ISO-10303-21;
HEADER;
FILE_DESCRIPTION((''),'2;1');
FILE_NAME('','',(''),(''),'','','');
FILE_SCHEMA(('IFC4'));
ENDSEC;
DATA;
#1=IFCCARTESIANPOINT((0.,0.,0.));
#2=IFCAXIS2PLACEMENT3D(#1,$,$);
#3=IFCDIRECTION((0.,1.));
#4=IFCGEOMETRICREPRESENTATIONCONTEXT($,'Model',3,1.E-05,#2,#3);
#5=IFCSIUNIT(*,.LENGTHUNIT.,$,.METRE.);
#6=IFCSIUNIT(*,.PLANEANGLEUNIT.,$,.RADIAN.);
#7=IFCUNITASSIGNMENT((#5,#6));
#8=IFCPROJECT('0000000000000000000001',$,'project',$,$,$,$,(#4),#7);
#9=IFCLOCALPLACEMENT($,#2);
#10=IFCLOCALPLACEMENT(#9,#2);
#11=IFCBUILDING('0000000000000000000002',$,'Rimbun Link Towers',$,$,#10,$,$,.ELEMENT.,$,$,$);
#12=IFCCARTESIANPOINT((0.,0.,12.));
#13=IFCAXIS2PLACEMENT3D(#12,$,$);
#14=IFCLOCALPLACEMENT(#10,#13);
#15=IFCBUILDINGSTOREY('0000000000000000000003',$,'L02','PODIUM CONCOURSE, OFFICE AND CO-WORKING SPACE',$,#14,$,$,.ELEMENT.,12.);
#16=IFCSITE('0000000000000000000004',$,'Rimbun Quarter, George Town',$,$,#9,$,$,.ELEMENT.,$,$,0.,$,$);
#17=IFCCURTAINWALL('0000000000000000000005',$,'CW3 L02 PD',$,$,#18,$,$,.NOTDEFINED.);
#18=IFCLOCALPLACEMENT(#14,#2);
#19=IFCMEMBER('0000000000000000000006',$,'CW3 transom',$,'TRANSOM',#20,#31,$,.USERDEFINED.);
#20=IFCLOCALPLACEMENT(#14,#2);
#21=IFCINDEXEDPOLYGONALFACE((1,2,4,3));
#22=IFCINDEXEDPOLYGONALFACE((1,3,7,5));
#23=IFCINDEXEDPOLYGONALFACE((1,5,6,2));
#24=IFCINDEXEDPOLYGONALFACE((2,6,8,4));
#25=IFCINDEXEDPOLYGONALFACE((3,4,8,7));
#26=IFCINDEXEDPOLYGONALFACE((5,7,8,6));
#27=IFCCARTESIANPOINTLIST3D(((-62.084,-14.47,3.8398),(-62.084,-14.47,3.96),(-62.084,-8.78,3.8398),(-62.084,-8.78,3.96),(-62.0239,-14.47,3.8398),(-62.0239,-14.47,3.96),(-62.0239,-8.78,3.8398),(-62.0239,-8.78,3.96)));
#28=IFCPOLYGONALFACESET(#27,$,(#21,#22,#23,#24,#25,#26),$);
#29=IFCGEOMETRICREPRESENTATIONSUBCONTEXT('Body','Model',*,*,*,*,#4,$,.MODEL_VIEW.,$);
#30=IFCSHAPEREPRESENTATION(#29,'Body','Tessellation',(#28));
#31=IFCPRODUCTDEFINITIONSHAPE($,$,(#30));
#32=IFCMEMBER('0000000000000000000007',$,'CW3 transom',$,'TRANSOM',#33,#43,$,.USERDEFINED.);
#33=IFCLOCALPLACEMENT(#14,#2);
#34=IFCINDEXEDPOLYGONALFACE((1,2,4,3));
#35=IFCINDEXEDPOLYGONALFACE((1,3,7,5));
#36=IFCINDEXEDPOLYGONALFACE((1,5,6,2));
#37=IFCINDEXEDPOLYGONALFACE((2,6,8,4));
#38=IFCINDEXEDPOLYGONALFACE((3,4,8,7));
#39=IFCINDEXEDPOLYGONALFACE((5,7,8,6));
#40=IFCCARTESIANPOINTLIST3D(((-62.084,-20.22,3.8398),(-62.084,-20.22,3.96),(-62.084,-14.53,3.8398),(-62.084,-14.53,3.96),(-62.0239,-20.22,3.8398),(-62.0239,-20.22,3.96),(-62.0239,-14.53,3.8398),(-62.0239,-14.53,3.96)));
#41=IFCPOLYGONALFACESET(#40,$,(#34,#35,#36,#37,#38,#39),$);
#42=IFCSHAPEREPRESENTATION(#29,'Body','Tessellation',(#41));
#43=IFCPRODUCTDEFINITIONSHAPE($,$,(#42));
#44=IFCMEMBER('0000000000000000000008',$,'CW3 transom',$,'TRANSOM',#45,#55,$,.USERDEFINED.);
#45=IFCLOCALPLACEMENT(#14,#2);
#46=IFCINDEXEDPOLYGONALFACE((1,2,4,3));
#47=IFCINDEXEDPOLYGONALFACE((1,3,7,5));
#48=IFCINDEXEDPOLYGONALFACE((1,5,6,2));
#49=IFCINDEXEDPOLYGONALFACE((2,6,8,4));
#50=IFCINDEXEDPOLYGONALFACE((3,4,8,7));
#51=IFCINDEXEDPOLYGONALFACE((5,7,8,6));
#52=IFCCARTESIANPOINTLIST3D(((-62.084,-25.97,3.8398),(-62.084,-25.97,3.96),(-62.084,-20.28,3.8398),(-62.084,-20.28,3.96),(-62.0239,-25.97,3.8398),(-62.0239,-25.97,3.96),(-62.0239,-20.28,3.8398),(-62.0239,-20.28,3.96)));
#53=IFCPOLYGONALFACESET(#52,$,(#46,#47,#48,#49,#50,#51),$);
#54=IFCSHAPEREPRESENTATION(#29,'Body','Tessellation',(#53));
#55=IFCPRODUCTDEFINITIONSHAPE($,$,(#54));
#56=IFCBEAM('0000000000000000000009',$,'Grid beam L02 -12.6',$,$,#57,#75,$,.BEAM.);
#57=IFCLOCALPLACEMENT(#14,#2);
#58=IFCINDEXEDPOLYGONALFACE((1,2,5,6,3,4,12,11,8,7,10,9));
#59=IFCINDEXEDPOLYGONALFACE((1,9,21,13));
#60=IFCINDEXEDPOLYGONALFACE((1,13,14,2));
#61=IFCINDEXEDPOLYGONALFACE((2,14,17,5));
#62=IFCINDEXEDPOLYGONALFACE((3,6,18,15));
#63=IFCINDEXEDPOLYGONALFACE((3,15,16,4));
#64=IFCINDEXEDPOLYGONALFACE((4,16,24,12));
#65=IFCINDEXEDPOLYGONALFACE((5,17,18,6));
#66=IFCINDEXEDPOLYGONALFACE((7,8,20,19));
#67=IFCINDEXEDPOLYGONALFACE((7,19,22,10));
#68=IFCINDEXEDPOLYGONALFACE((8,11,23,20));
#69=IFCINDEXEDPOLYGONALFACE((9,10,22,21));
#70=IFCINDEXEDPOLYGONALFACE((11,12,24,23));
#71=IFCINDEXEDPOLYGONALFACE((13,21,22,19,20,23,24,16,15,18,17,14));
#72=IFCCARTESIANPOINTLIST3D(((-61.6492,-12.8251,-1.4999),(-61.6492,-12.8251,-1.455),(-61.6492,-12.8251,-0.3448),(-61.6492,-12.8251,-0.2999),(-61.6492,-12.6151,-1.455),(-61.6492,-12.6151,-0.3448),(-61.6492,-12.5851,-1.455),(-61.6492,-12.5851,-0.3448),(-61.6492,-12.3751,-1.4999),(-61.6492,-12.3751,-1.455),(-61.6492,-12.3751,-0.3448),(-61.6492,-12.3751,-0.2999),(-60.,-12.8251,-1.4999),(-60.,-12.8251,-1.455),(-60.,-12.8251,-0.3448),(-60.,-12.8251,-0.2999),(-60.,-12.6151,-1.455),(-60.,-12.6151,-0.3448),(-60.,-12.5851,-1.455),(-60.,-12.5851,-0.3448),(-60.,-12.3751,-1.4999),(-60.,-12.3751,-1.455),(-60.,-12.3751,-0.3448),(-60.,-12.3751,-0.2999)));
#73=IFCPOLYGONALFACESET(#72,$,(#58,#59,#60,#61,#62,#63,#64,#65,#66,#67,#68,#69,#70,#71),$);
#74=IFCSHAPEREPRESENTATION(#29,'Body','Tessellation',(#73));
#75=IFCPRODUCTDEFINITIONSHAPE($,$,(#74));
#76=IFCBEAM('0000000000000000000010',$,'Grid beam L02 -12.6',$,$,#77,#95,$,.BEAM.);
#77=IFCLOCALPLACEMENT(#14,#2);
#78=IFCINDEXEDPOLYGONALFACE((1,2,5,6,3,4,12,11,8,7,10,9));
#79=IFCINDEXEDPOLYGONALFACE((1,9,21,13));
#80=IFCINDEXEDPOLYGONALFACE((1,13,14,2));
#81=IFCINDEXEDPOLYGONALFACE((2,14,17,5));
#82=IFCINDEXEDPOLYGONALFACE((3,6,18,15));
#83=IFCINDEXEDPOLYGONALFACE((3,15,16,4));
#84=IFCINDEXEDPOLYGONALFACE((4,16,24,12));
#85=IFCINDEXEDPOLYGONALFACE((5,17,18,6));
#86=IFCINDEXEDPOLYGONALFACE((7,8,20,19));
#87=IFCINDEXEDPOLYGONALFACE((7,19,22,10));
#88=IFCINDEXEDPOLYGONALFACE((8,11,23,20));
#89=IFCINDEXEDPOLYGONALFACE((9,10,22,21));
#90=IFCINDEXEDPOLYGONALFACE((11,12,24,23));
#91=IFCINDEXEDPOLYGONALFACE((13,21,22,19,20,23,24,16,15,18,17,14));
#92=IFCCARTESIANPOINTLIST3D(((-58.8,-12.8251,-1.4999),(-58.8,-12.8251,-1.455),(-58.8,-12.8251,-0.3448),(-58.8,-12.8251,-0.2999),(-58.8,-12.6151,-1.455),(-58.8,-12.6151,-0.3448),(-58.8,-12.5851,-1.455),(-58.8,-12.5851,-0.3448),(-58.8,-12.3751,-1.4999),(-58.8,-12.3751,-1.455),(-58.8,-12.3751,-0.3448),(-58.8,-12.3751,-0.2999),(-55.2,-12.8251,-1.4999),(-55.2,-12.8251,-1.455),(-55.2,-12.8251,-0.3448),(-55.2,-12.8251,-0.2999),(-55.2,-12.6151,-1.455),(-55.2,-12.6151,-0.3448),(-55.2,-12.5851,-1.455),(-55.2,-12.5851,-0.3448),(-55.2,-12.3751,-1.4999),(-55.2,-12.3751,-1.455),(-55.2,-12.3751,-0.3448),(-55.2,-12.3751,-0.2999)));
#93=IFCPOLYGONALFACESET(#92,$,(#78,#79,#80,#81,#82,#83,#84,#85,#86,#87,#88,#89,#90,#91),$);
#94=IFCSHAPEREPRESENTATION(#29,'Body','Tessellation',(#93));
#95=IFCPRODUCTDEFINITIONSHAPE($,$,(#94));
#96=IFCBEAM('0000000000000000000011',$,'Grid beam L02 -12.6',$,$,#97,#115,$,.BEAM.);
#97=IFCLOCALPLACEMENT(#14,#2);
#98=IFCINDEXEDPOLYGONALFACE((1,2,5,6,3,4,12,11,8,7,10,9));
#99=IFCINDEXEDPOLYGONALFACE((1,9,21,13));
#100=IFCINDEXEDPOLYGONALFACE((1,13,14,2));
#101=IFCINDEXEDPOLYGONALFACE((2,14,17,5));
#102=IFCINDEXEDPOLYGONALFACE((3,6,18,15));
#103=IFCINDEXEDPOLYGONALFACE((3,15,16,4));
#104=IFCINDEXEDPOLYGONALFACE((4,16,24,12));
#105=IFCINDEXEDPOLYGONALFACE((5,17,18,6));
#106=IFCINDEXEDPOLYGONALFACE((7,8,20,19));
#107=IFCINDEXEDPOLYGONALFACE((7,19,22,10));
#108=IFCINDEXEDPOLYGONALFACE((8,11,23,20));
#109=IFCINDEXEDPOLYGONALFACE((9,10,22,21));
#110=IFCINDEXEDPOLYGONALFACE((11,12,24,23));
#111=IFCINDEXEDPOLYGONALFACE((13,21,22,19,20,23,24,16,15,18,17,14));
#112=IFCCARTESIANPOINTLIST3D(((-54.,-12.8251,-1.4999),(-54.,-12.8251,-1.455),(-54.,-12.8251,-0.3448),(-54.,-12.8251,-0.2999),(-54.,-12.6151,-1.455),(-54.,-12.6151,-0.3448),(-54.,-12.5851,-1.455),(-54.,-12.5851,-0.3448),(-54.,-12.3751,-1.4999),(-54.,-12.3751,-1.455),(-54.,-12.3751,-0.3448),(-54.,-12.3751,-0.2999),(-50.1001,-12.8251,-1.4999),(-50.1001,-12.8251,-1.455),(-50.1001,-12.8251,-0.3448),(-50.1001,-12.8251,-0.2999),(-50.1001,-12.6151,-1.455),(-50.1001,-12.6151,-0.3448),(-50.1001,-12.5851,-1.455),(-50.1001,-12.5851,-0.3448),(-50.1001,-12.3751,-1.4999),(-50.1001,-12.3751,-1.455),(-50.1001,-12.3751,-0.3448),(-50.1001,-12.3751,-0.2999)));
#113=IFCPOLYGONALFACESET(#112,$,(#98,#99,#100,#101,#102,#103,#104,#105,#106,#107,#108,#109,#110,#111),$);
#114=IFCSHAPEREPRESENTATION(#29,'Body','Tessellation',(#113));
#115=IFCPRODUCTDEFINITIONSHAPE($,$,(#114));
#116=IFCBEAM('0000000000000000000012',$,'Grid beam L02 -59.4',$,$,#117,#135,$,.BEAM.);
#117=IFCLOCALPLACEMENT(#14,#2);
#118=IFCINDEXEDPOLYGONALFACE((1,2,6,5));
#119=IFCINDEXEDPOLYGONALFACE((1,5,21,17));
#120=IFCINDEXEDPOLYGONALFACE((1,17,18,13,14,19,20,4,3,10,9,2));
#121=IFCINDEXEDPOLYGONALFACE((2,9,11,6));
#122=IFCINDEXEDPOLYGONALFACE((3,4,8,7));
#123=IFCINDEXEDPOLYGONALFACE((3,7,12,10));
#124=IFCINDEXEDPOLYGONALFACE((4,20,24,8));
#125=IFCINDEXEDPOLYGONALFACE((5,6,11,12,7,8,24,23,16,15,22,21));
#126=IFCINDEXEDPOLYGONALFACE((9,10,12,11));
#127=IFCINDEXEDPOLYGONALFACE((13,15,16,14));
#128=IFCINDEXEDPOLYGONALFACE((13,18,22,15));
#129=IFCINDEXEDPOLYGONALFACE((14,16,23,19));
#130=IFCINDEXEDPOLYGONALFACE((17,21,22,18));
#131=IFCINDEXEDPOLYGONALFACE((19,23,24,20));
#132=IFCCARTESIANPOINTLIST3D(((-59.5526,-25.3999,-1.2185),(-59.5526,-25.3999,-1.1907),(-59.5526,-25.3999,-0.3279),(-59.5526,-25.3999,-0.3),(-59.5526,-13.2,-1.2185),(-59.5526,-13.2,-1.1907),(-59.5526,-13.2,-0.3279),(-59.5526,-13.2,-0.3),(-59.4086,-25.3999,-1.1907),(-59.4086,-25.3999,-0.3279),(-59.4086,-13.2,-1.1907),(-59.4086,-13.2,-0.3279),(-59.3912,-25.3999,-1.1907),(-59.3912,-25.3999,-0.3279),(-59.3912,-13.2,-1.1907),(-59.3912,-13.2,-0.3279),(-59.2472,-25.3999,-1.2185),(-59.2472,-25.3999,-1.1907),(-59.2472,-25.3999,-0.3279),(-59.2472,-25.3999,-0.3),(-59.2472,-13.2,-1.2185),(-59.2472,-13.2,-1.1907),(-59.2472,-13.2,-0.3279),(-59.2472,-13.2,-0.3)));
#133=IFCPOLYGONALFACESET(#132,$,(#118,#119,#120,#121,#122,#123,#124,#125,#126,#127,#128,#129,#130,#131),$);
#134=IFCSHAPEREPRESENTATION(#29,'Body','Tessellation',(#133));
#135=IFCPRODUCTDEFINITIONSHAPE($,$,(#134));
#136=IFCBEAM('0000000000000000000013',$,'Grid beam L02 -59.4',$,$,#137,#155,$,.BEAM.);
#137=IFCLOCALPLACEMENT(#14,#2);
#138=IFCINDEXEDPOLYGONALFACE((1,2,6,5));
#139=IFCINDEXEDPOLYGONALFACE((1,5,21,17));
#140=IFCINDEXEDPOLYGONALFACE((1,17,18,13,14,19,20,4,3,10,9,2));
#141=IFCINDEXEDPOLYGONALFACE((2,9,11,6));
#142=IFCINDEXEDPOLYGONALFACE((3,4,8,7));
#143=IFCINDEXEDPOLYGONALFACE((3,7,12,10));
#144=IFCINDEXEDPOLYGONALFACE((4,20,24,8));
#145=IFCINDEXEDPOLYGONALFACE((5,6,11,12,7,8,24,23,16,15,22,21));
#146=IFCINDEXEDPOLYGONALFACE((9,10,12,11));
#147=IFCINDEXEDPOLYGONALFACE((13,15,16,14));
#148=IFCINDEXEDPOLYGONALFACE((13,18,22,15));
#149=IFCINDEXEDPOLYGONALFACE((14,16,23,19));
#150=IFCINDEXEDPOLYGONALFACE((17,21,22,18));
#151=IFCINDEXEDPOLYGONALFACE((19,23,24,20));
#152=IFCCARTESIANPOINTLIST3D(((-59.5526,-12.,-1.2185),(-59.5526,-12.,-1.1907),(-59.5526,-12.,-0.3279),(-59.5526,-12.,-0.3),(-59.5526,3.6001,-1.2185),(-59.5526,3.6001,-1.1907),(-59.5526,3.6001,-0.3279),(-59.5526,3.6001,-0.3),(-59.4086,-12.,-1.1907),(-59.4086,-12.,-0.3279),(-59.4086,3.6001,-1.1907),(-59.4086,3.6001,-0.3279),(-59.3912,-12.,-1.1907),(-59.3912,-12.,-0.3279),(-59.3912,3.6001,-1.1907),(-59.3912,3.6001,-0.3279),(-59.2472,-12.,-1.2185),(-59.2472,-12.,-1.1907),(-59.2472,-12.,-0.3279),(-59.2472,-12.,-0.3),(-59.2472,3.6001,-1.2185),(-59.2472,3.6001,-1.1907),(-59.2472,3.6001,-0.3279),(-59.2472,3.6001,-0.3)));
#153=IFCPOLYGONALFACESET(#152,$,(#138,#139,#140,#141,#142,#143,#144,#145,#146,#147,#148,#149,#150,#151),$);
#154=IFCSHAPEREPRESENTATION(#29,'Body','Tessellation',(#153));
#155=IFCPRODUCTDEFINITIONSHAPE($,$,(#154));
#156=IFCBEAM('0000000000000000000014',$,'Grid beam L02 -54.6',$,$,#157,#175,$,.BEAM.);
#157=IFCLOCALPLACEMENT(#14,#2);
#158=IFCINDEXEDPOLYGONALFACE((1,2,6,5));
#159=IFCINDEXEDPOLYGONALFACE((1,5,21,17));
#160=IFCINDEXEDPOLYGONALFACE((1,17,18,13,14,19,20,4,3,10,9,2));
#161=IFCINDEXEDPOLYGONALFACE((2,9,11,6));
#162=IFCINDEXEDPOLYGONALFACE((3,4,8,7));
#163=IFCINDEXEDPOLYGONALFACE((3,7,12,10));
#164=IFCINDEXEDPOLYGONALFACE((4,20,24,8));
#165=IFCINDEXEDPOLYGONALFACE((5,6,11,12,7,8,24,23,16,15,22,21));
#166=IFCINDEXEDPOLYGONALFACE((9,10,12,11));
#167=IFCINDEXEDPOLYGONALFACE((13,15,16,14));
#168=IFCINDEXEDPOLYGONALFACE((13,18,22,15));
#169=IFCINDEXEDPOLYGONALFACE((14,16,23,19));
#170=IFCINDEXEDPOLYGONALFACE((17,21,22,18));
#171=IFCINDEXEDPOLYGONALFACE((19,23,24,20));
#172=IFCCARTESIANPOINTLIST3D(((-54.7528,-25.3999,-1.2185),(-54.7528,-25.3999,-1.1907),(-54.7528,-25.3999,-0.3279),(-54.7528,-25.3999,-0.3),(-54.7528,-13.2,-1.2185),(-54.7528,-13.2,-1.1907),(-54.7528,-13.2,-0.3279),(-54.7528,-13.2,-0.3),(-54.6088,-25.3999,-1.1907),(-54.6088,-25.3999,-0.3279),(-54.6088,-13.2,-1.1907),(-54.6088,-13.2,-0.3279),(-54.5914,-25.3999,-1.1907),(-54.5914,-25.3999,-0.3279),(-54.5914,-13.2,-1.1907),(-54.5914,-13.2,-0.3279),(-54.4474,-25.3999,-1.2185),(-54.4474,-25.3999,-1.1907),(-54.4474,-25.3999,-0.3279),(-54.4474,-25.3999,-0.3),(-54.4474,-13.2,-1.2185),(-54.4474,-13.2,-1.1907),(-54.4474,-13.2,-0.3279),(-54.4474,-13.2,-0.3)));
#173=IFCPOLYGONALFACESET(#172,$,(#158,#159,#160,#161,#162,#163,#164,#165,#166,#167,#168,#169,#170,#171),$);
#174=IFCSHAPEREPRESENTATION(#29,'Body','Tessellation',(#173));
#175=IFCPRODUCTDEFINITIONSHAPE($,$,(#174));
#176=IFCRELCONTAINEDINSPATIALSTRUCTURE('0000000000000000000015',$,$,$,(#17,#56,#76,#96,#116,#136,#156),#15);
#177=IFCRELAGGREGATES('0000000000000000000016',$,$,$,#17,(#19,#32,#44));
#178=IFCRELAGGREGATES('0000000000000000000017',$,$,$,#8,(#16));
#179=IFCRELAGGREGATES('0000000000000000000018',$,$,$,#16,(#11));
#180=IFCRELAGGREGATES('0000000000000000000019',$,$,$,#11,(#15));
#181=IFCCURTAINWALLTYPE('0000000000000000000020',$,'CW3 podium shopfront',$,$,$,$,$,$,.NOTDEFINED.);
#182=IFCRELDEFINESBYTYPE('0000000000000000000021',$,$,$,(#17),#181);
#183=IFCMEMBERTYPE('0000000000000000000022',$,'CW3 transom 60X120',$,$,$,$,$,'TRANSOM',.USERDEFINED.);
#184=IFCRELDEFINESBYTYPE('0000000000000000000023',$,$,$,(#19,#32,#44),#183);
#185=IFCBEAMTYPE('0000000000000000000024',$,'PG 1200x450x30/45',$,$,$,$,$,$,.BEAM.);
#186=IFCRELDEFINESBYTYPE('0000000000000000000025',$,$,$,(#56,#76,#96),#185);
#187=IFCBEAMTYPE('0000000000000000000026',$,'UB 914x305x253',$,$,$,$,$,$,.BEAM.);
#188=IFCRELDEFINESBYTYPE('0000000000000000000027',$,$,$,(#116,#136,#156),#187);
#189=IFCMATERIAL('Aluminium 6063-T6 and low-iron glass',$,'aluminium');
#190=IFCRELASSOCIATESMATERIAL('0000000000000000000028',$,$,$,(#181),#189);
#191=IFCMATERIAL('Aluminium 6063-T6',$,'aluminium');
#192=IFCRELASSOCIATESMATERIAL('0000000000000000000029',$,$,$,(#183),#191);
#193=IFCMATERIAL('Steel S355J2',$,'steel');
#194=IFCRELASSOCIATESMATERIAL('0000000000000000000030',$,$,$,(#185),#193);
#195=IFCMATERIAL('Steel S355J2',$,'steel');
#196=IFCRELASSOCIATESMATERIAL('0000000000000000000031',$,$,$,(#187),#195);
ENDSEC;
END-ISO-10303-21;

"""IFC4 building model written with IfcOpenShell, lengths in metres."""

from ifc_helpers import new_model, si_unit, direction, frame, origin, origin_2d, place, context, subcontext, project, spatial, rectangle, i_section, extrude, material, material_profile, profile_set, type_object, element, aggregate, save


model = new_model("IFC4")

# Units and contexts
model_context = context("Model", 3, precision=1e-05, world=origin(), true_north=direction((0.0, 1.0)))
body_context = subcontext(model_context, "Body", "Model", "MODEL_VIEW")
ifc_project = project(units=[si_unit("LENGTHUNIT", "METRE"), si_unit("PLANEANGLEUNIT", "RADIAN")], contexts=[model_context])

# Site, building, storey
site_placement = place(None, origin())
site = spatial("IfcSite", under=ifc_project, at=site_placement, Name="Rimbun Quarter, George Town", CompositionType="ELEMENT", RefElevation=0.0)
building_placement = place(site_placement, origin())
building = spatial("IfcBuilding", under=site, at=building_placement, Name="Rimbun Link Towers", CompositionType="ELEMENT")
storey_placement = place(building_placement, frame((0.0, 0.0, 12.0)))
storey = spatial("IfcBuildingStorey", under=building, at=storey_placement, Name="L02", Description="PODIUM CONCOURSE, OFFICE AND CO-WORKING SPACE", CompositionType="ELEMENT", Elevation=12.0)

# Curtain wall, members
ifc_material_1 = material(Name="Aluminium 6063-T6 and low-iron glass", Category="aluminium")
curtain_wall_type = type_object("IfcCurtainWallType", Name="CW3 podium shopfront", PredefinedType="NOTDEFINED", material=ifc_material_1)
curtain_wall_placement = place(storey_placement, origin())
curtain_wall = element("IfcCurtainWall", 1, at=curtain_wall_placement, inside=storey, type_object=curtain_wall_type, Name="CW3 L02 PD", PredefinedType="NOTDEFINED")
ifc_material_2 = material(Name="Aluminium 6063-T6", Category="aluminium")
ifc_material_profile_1 = material_profile(ifc_material_2, rectangle(XDim=0.0601, YDim=0.1201, at=origin_2d()), Name="TRANSOM 60X120")
ifc_profile_set_1 = profile_set([ifc_material_profile_1], Name="Aluminium 6063-T6")
member_type_1 = type_object("IfcMemberType", Name="CW3 transom 60X120", ElementType="TRANSOM", PredefinedType="USERDEFINED", material=ifc_profile_set_1)
member_1_placement = place(storey_placement, frame((-62.054, -14.47, 3.8999), z_axis=(0.0, 1.0, 0.0), x_axis=(-1.0, 0.0, 0.0)))
member_1 = element("IfcMember", 2, at=member_1_placement, type_object=member_type_1, Name="CW3 transom", ObjectType="TRANSOM", PredefinedType="USERDEFINED", context=body_context, shape_type="SweptSolid", body=[
    extrude(rectangle(XDim=0.0601, YDim=0.1201, at=origin_2d()), origin(), (0.0, 0.0, 1.0), 5.6899),
])
member_2_placement = place(storey_placement, frame((-62.054, -20.22, 3.8999), z_axis=(0.0, 1.0, 0.0), x_axis=(-1.0, 0.0, 0.0)))
member_2 = element("IfcMember", 3, at=member_2_placement, type_object=member_type_1, Name="CW3 transom", ObjectType="TRANSOM", PredefinedType="USERDEFINED", context=body_context, shape_type="SweptSolid", body=[
    extrude(rectangle(XDim=0.0601, YDim=0.1201, at=origin_2d()), origin(), (0.0, 0.0, 1.0), 5.6899),
])
member_3_placement = place(storey_placement, frame((-62.054, -25.97, 3.8999), z_axis=(0.0, 1.0, 0.0), x_axis=(-1.0, 0.0, 0.0)))
member_3 = element("IfcMember", 4, at=member_3_placement, type_object=member_type_1, Name="CW3 transom", ObjectType="TRANSOM", PredefinedType="USERDEFINED", context=body_context, shape_type="SweptSolid", body=[
    extrude(rectangle(XDim=0.0601, YDim=0.1201, at=origin_2d()), origin(), (0.0, 0.0, 1.0), 5.6899),
])

# Beams
ifc_material_3 = material(Name="Steel S355J2", Category="steel")
ifc_material_profile_2 = material_profile(ifc_material_3, i_section(OverallWidth=0.45, OverallDepth=1.2, WebThickness=0.03, FlangeThickness=0.0449, at=origin_2d()), Name="PG 1200x450x30/45")
ifc_profile_set_2 = profile_set([ifc_material_profile_2], Name="Steel S355J2")
beam_type_1 = type_object("IfcBeamType", Name="PG 1200x450x30/45", PredefinedType="BEAM", material=ifc_profile_set_2)
beam_1_placement = place(storey_placement, frame((-61.6492, -12.6001, -0.8999), z_axis=(1.0, 0.0, 0.0), x_axis=(0.0, 1.0, 0.0)))
element("IfcBeam", 5, at=beam_1_placement, inside=storey, type_object=beam_type_1, Name="Grid beam L02 -12.6", PredefinedType="BEAM", context=body_context, shape_type="SweptSolid", body=[
    extrude(i_section(OverallWidth=0.45, OverallDepth=1.2, WebThickness=0.03, FlangeThickness=0.0449, at=origin_2d()), origin(), (0.0, 0.0, 1.0), 1.6492),
])
beam_2_placement = place(storey_placement, frame((-58.8, -12.6001, -0.8999), z_axis=(1.0, 0.0, 0.0), x_axis=(0.0, 1.0, 0.0)))
element("IfcBeam", 6, at=beam_2_placement, inside=storey, type_object=beam_type_1, Name="Grid beam L02 -12.6", PredefinedType="BEAM", context=body_context, shape_type="SweptSolid", body=[
    extrude(i_section(OverallWidth=0.45, OverallDepth=1.2, WebThickness=0.03, FlangeThickness=0.0449, at=origin_2d()), origin(), (0.0, 0.0, 1.0), 3.6001),
])
beam_3_placement = place(storey_placement, frame((-54.0, -12.6001, -0.8999), z_axis=(1.0, 0.0, 0.0), x_axis=(0.0, 1.0, 0.0)))
element("IfcBeam", 7, at=beam_3_placement, inside=storey, type_object=beam_type_1, Name="Grid beam L02 -12.6", PredefinedType="BEAM", context=body_context, shape_type="SweptSolid", body=[
    extrude(i_section(OverallWidth=0.45, OverallDepth=1.2, WebThickness=0.03, FlangeThickness=0.0449, at=origin_2d()), origin(), (0.0, 0.0, 1.0), 3.8999),
])
ifc_material_4 = material(Name="Steel S355J2", Category="steel")
ifc_material_profile_3 = material_profile(ifc_material_4, i_section(OverallWidth=0.3054, OverallDepth=0.9185, WebThickness=0.0173, FlangeThickness=0.0278, at=origin_2d()), Name="UB 914x305x253")
ifc_profile_set_3 = profile_set([ifc_material_profile_3], Name="Steel S355J2")
beam_type_2 = type_object("IfcBeamType", Name="UB 914x305x253", PredefinedType="BEAM", material=ifc_profile_set_3)
beam_4_placement = place(storey_placement, frame((-59.3999, -25.3999, -0.7593), z_axis=(0.0, 1.0, 0.0), x_axis=(-1.0, 0.0, 0.0)))
element("IfcBeam", 8, at=beam_4_placement, inside=storey, type_object=beam_type_2, Name="Grid beam L02 -59.4", PredefinedType="BEAM", context=body_context, shape_type="SweptSolid", body=[
    extrude(i_section(OverallWidth=0.3054, OverallDepth=0.9185, WebThickness=0.0173, FlangeThickness=0.0278, at=origin_2d()), origin(), (0.0, 0.0, 1.0), 12.2),
])
beam_5_placement = place(storey_placement, frame((-59.3999, -12.0, -0.7593), z_axis=(0.0, 1.0, 0.0), x_axis=(-1.0, 0.0, 0.0)))
element("IfcBeam", 9, at=beam_5_placement, inside=storey, type_object=beam_type_2, Name="Grid beam L02 -59.4", PredefinedType="BEAM", context=body_context, shape_type="SweptSolid", body=[
    extrude(i_section(OverallWidth=0.3054, OverallDepth=0.9185, WebThickness=0.0173, FlangeThickness=0.0278, at=origin_2d()), origin(), (0.0, 0.0, 1.0), 15.6001),
])
beam_6_placement = place(storey_placement, frame((-54.6001, -25.3999, -0.7593), z_axis=(0.0, 1.0, 0.0), x_axis=(-1.0, 0.0, 0.0)))
element("IfcBeam", 10, at=beam_6_placement, inside=storey, type_object=beam_type_2, Name="Grid beam L02 -54.6", PredefinedType="BEAM", context=body_context, shape_type="SweptSolid", body=[
    extrude(i_section(OverallWidth=0.3054, OverallDepth=0.9185, WebThickness=0.0173, FlangeThickness=0.0278, at=origin_2d()), origin(), (0.0, 0.0, 1.0), 12.2),
])

aggregate(curtain_wall, [member_1, member_2, member_3])

save(model, "model.ifc")
